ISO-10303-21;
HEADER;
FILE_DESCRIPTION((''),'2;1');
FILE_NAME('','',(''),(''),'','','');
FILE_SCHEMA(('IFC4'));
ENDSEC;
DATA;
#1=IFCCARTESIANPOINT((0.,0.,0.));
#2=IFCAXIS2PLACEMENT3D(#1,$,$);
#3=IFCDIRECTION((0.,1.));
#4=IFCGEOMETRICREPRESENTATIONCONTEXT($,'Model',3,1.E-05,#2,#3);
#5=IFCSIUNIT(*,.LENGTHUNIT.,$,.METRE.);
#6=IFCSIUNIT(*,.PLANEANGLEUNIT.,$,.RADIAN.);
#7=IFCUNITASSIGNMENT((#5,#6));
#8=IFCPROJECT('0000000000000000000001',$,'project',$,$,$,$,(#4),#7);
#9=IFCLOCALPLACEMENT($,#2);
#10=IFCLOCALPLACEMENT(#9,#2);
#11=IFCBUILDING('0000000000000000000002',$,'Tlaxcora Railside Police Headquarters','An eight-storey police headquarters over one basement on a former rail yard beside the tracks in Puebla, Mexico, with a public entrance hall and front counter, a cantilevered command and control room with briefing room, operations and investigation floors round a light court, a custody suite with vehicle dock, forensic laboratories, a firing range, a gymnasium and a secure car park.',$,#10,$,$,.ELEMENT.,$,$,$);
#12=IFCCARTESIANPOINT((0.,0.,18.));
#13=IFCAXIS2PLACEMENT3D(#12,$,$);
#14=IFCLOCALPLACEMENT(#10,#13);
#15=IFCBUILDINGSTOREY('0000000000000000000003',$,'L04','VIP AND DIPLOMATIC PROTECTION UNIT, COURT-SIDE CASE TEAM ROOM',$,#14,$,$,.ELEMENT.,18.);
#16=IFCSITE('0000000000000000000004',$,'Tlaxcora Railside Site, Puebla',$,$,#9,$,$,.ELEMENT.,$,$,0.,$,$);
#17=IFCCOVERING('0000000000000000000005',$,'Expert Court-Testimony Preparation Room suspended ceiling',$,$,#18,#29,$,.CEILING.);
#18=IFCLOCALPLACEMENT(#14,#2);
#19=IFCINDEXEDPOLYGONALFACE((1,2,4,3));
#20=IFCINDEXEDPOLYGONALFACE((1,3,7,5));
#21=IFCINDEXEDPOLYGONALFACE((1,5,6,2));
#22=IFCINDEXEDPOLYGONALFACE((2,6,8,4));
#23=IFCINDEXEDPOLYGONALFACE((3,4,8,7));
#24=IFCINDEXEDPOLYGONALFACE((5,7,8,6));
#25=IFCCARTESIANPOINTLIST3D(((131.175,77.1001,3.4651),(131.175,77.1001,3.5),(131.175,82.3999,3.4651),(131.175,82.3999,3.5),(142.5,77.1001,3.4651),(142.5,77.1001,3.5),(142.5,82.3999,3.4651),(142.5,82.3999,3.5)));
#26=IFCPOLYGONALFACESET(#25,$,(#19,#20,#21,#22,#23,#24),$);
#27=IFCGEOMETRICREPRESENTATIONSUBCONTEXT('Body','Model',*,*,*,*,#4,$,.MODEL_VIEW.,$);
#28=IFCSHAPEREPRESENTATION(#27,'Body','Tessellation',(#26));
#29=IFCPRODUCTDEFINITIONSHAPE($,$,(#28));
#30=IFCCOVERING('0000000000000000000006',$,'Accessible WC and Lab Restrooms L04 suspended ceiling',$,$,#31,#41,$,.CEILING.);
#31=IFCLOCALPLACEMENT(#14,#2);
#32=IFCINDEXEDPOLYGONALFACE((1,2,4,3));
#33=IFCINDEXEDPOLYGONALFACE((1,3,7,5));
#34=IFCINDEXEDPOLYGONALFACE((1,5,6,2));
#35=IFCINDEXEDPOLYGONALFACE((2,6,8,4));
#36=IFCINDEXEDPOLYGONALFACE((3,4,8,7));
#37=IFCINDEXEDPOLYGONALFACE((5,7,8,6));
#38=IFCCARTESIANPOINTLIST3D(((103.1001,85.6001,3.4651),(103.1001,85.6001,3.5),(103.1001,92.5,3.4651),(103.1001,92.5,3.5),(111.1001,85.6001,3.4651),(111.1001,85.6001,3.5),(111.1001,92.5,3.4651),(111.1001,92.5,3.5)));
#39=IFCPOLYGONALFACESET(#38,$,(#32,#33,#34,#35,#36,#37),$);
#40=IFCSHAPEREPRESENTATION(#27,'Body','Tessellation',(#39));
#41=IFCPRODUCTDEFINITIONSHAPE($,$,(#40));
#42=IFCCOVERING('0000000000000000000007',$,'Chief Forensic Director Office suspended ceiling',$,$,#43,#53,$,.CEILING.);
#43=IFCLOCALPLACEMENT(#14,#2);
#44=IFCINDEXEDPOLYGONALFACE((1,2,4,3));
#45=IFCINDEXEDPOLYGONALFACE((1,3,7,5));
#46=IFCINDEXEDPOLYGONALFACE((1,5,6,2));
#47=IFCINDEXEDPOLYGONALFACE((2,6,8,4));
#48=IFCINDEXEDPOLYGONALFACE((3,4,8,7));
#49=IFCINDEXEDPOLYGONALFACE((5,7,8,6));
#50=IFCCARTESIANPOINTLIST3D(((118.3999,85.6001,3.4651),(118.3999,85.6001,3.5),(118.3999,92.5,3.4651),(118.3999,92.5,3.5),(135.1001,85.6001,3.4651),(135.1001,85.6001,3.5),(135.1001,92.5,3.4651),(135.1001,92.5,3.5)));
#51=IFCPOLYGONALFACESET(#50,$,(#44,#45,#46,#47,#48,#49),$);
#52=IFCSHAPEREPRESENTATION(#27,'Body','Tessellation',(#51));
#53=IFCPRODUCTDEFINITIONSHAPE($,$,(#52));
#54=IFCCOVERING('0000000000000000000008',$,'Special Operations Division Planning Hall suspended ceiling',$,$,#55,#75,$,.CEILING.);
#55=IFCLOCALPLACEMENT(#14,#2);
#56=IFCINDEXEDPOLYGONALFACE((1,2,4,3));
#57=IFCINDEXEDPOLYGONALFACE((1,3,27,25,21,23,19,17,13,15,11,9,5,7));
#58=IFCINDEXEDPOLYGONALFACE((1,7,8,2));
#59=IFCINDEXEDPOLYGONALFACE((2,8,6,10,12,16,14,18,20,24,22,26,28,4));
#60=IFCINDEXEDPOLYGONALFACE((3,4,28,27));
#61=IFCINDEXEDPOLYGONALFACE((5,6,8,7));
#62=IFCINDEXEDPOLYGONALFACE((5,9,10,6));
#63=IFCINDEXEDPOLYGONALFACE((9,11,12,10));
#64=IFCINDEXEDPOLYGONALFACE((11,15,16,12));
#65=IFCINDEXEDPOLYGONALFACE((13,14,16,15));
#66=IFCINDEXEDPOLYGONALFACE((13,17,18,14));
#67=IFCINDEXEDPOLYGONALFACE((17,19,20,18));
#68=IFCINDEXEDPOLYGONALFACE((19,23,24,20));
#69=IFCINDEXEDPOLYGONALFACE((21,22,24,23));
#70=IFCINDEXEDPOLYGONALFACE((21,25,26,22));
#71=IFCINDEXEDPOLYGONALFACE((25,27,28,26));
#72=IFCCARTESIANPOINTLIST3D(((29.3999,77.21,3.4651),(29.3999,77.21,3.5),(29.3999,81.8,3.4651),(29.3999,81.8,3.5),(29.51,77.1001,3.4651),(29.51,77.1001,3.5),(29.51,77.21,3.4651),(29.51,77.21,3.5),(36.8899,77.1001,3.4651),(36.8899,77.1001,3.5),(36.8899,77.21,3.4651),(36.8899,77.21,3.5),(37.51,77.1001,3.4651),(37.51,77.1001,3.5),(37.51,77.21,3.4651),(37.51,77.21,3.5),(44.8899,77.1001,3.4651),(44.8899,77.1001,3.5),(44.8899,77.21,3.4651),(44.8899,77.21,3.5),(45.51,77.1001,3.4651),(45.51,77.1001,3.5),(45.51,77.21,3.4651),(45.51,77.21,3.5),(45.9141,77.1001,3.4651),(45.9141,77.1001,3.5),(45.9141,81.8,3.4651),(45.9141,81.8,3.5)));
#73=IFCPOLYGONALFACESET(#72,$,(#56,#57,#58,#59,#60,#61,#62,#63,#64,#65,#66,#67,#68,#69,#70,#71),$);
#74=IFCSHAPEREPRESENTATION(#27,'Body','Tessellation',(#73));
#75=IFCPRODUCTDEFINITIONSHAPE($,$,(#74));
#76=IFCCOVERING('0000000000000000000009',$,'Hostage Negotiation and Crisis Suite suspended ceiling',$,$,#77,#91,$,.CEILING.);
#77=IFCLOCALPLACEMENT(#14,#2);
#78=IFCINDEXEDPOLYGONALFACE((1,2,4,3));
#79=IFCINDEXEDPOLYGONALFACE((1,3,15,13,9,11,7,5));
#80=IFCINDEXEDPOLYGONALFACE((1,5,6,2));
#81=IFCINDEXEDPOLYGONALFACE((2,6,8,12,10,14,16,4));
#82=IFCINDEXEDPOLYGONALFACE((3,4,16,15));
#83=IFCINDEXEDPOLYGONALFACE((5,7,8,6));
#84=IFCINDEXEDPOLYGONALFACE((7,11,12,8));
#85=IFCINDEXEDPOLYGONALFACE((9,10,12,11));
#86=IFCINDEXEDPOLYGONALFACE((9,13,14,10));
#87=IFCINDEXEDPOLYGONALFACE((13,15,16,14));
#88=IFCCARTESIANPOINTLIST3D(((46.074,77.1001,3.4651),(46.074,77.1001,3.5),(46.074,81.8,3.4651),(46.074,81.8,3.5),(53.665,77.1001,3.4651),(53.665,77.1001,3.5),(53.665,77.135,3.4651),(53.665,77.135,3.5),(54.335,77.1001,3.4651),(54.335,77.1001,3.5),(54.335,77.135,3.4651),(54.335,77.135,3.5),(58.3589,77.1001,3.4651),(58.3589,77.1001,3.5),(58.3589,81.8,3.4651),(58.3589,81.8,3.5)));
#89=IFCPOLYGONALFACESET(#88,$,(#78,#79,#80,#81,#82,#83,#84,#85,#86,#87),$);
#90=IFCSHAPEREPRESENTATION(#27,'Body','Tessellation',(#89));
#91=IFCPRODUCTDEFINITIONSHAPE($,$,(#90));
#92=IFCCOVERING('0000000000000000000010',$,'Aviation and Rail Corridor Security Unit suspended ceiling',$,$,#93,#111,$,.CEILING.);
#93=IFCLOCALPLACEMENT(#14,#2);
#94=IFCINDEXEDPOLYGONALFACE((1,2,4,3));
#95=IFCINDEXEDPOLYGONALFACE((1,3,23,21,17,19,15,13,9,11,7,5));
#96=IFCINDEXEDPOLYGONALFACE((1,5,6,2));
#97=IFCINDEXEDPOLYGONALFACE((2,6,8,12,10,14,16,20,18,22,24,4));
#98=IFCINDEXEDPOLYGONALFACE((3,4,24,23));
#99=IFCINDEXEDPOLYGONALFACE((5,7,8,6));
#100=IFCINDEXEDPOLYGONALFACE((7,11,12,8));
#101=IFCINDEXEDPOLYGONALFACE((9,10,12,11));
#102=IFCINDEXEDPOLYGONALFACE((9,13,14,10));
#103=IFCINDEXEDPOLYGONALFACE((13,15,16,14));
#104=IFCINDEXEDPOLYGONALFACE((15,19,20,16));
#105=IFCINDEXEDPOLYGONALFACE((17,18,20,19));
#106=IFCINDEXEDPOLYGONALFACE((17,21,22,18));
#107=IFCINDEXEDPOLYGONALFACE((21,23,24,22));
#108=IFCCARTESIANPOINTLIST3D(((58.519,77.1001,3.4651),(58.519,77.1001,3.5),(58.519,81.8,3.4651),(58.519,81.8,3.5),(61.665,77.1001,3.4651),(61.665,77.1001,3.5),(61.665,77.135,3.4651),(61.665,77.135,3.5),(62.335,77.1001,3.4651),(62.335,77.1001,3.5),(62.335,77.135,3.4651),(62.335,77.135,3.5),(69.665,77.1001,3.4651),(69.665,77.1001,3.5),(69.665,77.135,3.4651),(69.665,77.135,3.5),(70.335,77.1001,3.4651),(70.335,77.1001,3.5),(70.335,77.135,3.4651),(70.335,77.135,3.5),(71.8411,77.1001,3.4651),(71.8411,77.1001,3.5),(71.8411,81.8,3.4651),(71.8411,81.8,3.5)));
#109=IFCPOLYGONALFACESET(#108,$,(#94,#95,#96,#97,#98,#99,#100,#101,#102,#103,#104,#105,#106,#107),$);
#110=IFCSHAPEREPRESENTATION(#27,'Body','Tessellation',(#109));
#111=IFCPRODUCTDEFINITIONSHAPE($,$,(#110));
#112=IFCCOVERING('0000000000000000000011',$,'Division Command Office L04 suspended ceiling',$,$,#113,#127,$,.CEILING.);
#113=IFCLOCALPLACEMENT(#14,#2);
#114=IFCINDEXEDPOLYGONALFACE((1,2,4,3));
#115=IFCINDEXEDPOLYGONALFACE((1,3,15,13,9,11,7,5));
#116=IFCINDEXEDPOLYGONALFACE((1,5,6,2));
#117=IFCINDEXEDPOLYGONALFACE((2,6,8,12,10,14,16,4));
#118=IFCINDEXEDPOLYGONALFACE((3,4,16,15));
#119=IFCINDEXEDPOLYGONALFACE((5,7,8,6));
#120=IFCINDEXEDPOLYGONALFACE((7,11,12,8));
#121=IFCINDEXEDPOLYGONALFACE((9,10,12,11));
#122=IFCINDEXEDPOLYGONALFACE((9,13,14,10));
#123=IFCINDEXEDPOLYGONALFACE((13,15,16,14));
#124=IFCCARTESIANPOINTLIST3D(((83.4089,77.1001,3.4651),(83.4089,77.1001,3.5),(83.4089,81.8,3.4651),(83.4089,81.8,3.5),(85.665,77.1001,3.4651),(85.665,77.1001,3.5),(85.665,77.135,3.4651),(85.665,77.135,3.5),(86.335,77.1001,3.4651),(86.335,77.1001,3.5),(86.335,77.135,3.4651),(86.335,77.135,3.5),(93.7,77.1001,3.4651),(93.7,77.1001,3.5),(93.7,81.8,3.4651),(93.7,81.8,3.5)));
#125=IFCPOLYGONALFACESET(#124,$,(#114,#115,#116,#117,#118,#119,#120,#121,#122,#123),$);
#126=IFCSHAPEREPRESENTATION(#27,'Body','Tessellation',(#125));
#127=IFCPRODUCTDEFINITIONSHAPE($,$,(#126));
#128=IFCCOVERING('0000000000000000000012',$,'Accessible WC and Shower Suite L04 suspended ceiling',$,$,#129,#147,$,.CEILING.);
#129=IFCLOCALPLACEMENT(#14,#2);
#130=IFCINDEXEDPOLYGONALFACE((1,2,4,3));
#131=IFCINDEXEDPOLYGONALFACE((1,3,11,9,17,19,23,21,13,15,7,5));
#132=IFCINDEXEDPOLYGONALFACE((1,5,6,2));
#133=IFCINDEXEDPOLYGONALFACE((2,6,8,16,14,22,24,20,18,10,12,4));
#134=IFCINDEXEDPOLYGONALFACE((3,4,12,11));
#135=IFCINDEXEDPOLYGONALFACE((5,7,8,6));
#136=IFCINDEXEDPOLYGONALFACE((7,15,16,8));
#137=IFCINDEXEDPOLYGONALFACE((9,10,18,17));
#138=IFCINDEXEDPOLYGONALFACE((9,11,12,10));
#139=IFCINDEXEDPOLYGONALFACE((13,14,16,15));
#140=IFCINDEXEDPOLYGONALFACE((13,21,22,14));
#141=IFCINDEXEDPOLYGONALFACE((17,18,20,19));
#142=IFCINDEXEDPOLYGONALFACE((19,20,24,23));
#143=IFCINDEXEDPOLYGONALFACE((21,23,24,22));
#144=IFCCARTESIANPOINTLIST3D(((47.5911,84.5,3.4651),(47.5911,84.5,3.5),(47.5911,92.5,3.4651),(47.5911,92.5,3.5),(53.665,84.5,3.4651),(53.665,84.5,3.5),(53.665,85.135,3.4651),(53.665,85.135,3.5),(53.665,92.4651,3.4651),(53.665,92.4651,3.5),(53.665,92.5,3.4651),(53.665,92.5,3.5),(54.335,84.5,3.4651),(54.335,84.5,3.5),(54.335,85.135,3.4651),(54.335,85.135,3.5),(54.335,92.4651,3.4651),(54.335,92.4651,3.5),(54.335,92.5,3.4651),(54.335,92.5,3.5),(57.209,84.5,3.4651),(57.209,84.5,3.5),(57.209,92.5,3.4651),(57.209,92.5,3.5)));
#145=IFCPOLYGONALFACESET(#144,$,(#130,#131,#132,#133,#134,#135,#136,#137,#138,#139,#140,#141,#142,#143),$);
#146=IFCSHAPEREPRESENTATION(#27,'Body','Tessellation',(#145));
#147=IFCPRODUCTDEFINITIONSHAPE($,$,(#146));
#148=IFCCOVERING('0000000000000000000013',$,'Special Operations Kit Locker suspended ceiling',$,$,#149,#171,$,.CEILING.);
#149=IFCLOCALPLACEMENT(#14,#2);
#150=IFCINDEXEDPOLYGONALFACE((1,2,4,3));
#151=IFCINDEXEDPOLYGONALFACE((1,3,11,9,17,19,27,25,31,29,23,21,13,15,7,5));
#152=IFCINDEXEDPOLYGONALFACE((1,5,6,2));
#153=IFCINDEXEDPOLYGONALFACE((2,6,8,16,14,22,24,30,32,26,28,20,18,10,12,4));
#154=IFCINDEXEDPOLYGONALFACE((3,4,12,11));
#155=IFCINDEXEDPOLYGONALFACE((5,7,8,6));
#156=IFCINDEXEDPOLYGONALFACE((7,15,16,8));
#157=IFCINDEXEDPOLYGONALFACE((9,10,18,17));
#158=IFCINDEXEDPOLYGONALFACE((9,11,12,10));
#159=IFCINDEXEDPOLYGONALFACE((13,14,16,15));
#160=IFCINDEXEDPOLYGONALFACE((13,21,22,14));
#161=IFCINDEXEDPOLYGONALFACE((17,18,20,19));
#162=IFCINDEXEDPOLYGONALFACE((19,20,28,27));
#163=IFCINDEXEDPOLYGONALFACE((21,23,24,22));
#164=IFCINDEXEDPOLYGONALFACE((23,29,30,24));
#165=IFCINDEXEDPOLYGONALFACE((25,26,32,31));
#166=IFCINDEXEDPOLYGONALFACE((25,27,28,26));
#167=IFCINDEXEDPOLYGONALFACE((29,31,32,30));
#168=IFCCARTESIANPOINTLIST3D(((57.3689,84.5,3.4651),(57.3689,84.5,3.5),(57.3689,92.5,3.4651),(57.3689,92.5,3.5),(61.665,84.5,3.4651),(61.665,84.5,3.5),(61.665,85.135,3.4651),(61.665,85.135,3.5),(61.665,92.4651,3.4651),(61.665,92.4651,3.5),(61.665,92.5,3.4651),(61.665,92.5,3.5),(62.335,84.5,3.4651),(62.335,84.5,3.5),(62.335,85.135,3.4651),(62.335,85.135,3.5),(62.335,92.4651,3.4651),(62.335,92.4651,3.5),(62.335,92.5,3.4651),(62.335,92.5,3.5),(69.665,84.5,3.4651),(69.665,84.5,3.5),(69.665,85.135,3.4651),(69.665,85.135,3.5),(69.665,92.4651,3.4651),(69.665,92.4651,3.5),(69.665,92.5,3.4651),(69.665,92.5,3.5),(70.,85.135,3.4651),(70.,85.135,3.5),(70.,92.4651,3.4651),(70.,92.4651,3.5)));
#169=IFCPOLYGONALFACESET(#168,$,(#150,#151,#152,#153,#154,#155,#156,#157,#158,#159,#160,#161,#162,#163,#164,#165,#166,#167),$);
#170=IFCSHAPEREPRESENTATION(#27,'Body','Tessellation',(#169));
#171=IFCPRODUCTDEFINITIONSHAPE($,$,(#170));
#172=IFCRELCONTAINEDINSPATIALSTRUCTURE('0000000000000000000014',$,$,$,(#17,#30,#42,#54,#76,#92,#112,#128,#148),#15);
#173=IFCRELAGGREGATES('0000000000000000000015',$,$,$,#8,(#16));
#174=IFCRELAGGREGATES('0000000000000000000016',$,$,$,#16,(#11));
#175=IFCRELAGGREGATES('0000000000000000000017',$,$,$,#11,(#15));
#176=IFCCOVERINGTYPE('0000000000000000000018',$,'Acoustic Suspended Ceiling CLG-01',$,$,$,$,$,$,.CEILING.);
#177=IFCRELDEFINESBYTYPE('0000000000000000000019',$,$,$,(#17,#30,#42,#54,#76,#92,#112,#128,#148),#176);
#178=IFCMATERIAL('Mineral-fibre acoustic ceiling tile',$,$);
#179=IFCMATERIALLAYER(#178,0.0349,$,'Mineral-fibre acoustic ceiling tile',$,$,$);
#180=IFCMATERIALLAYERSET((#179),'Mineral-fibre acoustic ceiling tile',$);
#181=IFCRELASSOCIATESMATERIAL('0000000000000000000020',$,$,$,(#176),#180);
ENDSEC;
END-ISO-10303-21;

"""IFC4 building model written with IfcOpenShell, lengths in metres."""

from ifc_helpers import new_model, si_unit, direction, frame, origin, place, context, subcontext, project, spatial, polyline, outline, extrude, material, layer, layer_set, type_object, element, save


model = new_model("IFC4")

# Units and contexts
model_context = context("Model", 3, precision=1e-05, world=origin(), true_north=direction((0.0, 1.0)))
body_context = subcontext(model_context, "Body", "Model", "MODEL_VIEW")
ifc_project = project(units=[si_unit("LENGTHUNIT", "METRE"), si_unit("PLANEANGLEUNIT", "RADIAN")], contexts=[model_context])

# Site, building, storey
site_placement = place(None, origin())
site = spatial("IfcSite", under=ifc_project, at=site_placement, Name="Tlaxcora Railside Site, Puebla", CompositionType="ELEMENT", RefElevation=0.0)
building_placement = place(site_placement, origin())
building = spatial("IfcBuilding", under=site, at=building_placement, Name="Tlaxcora Railside Police Headquarters", Description="An eight-storey police headquarters over one basement on a former rail yard beside the tracks in Puebla, Mexico, with a public entrance hall and front counter, a cantilevered command and control room with briefing room, operations and investigation floors round a light court, a custody suite with vehicle dock, forensic laboratories, a firing range, a gymnasium and a secure car park.", CompositionType="ELEMENT")
storey_placement = place(building_placement, frame((0.0, 0.0, 18.0)))
storey = spatial("IfcBuildingStorey", under=building, at=storey_placement, Name="L04", Description="VIP AND DIPLOMATIC PROTECTION UNIT, COURT-SIDE CASE TEAM ROOM", CompositionType="ELEMENT", Elevation=18.0)

# Coverings
ifc_material_1 = material(Name="Mineral-fibre acoustic ceiling tile")
ifc_layer_1 = layer(ifc_material_1, 0.0349, Name="Mineral-fibre acoustic ceiling tile")
ifc_layer_set_1 = layer_set([ifc_layer_1], Name="Mineral-fibre acoustic ceiling tile")
covering_type_1 = type_object("IfcCoveringType", Name="Acoustic Suspended Ceiling CLG-01", PredefinedType="CEILING", material=ifc_layer_set_1)
covering_1_placement = place(storey_placement, frame((0.0, 0.0, 3.4651)))
element("IfcCovering", 1, at=covering_1_placement, inside=storey, type_object=covering_type_1, Name="Expert Court-Testimony Preparation Room suspended ceiling", PredefinedType="CEILING", context=body_context, shape_type="SweptSolid", body=[
    extrude(outline(polyline([(131.175, 77.1001), (142.5, 77.1001), (142.5, 82.3999), (131.175, 82.3999), (131.175, 77.1001)])), origin(), (0.0, 0.0, 1.0), 0.0349),
])
covering_2_placement = place(storey_placement, frame((0.0, 0.0, 3.4651)))
element("IfcCovering", 2, at=covering_2_placement, inside=storey, type_object=covering_type_1, Name="Accessible WC and Lab Restrooms L04 suspended ceiling", PredefinedType="CEILING", context=body_context, shape_type="SweptSolid", body=[
    extrude(outline(polyline([(103.1001, 85.6001), (111.1001, 85.6001), (111.1001, 92.5), (103.1001, 92.5), (103.1001, 85.6001)])), origin(), (0.0, 0.0, 1.0), 0.0349),
])
covering_3_placement = place(storey_placement, frame((0.0, 0.0, 3.4651)))
element("IfcCovering", 3, at=covering_3_placement, inside=storey, type_object=covering_type_1, Name="Chief Forensic Director Office suspended ceiling", PredefinedType="CEILING", context=body_context, shape_type="SweptSolid", body=[
    extrude(outline(polyline([(118.3999, 85.6001), (135.1001, 85.6001), (135.1001, 92.5), (118.3999, 92.5), (118.3999, 85.6001)])), origin(), (0.0, 0.0, 1.0), 0.0349),
])
covering_4_placement = place(storey_placement, frame((0.0, 0.0, 3.4651)))
element("IfcCovering", 4, at=covering_4_placement, inside=storey, type_object=covering_type_1, Name="Special Operations Division Planning Hall suspended ceiling", PredefinedType="CEILING", context=body_context, shape_type="SweptSolid", body=[
    extrude(outline(polyline([(45.9141, 77.1001), (45.9141, 81.8), (29.3999, 81.8), (29.3999, 77.21), (29.51, 77.21), (29.51, 77.1001), (36.8899, 77.1001), (36.8899, 77.21), (37.51, 77.21), (37.51, 77.1001), (44.8899, 77.1001), (44.8899, 77.21), (45.51, 77.21), (45.51, 77.1001), (45.9141, 77.1001)])), origin(), (0.0, 0.0, 1.0), 0.0349),
])
covering_5_placement = place(storey_placement, frame((0.0, 0.0, 3.4651)))
element("IfcCovering", 5, at=covering_5_placement, inside=storey, type_object=covering_type_1, Name="Hostage Negotiation and Crisis Suite suspended ceiling", PredefinedType="CEILING", context=body_context, shape_type="SweptSolid", body=[
    extrude(outline(polyline([(46.074, 81.8), (46.074, 77.1001), (53.665, 77.1001), (53.665, 77.135), (54.335, 77.135), (54.335, 77.1001), (58.3589, 77.1001), (58.3589, 81.8), (46.074, 81.8)])), origin(), (0.0, 0.0, 1.0), 0.0349),
])
covering_6_placement = place(storey_placement, frame((0.0, 0.0, 3.4651)))
element("IfcCovering", 6, at=covering_6_placement, inside=storey, type_object=covering_type_1, Name="Aviation and Rail Corridor Security Unit suspended ceiling", PredefinedType="CEILING", context=body_context, shape_type="SweptSolid", body=[
    extrude(outline(polyline([(71.8411, 81.8), (58.519, 81.8), (58.519, 77.1001), (61.665, 77.1001), (61.665, 77.135), (62.335, 77.135), (62.335, 77.1001), (69.665, 77.1001), (69.665, 77.135), (70.335, 77.135), (70.335, 77.1001), (71.8411, 77.1001), (71.8411, 81.8)])), origin(), (0.0, 0.0, 1.0), 0.0349),
])
covering_7_placement = place(storey_placement, frame((0.0, 0.0, 3.4651)))
element("IfcCovering", 7, at=covering_7_placement, inside=storey, type_object=covering_type_1, Name="Division Command Office L04 suspended ceiling", PredefinedType="CEILING", context=body_context, shape_type="SweptSolid", body=[
    extrude(outline(polyline([(83.4089, 81.8), (83.4089, 77.1001), (85.665, 77.1001), (85.665, 77.135), (86.335, 77.135), (86.335, 77.1001), (93.7, 77.1001), (93.7, 81.8), (83.4089, 81.8)])), origin(), (0.0, 0.0, 1.0), 0.0349),
])
covering_8_placement = place(storey_placement, frame((0.0, 0.0, 3.4651)))
element("IfcCovering", 8, at=covering_8_placement, inside=storey, type_object=covering_type_1, Name="Accessible WC and Shower Suite L04 suspended ceiling", PredefinedType="CEILING", context=body_context, shape_type="SweptSolid", body=[
    extrude(outline(polyline([(57.209, 92.5), (54.335, 92.5), (54.335, 92.4651), (53.665, 92.4651), (53.665, 92.5), (47.5911, 92.5), (47.5911, 84.5), (53.665, 84.5), (53.665, 85.135), (54.335, 85.135), (54.335, 84.5), (57.209, 84.5), (57.209, 92.5)])), origin(), (0.0, 0.0, 1.0), 0.0349),
])
covering_9_placement = place(storey_placement, frame((0.0, 0.0, 3.4651)))
element("IfcCovering", 9, at=covering_9_placement, inside=storey, type_object=covering_type_1, Name="Special Operations Kit Locker suspended ceiling", PredefinedType="CEILING", context=body_context, shape_type="SweptSolid", body=[
    extrude(outline(polyline([(62.335, 84.5), (69.665, 84.5), (69.665, 85.135), (70.0, 85.135), (70.0, 92.4651), (69.665, 92.4651), (69.665, 92.5), (62.335, 92.5), (62.335, 92.4651), (61.665, 92.4651), (61.665, 92.5), (57.3689, 92.5), (57.3689, 84.5), (61.665, 84.5), (61.665, 85.135), (62.335, 85.135), (62.335, 84.5)])), origin(), (0.0, 0.0, 1.0), 0.0349),
])

save(model, "model.ifc")
